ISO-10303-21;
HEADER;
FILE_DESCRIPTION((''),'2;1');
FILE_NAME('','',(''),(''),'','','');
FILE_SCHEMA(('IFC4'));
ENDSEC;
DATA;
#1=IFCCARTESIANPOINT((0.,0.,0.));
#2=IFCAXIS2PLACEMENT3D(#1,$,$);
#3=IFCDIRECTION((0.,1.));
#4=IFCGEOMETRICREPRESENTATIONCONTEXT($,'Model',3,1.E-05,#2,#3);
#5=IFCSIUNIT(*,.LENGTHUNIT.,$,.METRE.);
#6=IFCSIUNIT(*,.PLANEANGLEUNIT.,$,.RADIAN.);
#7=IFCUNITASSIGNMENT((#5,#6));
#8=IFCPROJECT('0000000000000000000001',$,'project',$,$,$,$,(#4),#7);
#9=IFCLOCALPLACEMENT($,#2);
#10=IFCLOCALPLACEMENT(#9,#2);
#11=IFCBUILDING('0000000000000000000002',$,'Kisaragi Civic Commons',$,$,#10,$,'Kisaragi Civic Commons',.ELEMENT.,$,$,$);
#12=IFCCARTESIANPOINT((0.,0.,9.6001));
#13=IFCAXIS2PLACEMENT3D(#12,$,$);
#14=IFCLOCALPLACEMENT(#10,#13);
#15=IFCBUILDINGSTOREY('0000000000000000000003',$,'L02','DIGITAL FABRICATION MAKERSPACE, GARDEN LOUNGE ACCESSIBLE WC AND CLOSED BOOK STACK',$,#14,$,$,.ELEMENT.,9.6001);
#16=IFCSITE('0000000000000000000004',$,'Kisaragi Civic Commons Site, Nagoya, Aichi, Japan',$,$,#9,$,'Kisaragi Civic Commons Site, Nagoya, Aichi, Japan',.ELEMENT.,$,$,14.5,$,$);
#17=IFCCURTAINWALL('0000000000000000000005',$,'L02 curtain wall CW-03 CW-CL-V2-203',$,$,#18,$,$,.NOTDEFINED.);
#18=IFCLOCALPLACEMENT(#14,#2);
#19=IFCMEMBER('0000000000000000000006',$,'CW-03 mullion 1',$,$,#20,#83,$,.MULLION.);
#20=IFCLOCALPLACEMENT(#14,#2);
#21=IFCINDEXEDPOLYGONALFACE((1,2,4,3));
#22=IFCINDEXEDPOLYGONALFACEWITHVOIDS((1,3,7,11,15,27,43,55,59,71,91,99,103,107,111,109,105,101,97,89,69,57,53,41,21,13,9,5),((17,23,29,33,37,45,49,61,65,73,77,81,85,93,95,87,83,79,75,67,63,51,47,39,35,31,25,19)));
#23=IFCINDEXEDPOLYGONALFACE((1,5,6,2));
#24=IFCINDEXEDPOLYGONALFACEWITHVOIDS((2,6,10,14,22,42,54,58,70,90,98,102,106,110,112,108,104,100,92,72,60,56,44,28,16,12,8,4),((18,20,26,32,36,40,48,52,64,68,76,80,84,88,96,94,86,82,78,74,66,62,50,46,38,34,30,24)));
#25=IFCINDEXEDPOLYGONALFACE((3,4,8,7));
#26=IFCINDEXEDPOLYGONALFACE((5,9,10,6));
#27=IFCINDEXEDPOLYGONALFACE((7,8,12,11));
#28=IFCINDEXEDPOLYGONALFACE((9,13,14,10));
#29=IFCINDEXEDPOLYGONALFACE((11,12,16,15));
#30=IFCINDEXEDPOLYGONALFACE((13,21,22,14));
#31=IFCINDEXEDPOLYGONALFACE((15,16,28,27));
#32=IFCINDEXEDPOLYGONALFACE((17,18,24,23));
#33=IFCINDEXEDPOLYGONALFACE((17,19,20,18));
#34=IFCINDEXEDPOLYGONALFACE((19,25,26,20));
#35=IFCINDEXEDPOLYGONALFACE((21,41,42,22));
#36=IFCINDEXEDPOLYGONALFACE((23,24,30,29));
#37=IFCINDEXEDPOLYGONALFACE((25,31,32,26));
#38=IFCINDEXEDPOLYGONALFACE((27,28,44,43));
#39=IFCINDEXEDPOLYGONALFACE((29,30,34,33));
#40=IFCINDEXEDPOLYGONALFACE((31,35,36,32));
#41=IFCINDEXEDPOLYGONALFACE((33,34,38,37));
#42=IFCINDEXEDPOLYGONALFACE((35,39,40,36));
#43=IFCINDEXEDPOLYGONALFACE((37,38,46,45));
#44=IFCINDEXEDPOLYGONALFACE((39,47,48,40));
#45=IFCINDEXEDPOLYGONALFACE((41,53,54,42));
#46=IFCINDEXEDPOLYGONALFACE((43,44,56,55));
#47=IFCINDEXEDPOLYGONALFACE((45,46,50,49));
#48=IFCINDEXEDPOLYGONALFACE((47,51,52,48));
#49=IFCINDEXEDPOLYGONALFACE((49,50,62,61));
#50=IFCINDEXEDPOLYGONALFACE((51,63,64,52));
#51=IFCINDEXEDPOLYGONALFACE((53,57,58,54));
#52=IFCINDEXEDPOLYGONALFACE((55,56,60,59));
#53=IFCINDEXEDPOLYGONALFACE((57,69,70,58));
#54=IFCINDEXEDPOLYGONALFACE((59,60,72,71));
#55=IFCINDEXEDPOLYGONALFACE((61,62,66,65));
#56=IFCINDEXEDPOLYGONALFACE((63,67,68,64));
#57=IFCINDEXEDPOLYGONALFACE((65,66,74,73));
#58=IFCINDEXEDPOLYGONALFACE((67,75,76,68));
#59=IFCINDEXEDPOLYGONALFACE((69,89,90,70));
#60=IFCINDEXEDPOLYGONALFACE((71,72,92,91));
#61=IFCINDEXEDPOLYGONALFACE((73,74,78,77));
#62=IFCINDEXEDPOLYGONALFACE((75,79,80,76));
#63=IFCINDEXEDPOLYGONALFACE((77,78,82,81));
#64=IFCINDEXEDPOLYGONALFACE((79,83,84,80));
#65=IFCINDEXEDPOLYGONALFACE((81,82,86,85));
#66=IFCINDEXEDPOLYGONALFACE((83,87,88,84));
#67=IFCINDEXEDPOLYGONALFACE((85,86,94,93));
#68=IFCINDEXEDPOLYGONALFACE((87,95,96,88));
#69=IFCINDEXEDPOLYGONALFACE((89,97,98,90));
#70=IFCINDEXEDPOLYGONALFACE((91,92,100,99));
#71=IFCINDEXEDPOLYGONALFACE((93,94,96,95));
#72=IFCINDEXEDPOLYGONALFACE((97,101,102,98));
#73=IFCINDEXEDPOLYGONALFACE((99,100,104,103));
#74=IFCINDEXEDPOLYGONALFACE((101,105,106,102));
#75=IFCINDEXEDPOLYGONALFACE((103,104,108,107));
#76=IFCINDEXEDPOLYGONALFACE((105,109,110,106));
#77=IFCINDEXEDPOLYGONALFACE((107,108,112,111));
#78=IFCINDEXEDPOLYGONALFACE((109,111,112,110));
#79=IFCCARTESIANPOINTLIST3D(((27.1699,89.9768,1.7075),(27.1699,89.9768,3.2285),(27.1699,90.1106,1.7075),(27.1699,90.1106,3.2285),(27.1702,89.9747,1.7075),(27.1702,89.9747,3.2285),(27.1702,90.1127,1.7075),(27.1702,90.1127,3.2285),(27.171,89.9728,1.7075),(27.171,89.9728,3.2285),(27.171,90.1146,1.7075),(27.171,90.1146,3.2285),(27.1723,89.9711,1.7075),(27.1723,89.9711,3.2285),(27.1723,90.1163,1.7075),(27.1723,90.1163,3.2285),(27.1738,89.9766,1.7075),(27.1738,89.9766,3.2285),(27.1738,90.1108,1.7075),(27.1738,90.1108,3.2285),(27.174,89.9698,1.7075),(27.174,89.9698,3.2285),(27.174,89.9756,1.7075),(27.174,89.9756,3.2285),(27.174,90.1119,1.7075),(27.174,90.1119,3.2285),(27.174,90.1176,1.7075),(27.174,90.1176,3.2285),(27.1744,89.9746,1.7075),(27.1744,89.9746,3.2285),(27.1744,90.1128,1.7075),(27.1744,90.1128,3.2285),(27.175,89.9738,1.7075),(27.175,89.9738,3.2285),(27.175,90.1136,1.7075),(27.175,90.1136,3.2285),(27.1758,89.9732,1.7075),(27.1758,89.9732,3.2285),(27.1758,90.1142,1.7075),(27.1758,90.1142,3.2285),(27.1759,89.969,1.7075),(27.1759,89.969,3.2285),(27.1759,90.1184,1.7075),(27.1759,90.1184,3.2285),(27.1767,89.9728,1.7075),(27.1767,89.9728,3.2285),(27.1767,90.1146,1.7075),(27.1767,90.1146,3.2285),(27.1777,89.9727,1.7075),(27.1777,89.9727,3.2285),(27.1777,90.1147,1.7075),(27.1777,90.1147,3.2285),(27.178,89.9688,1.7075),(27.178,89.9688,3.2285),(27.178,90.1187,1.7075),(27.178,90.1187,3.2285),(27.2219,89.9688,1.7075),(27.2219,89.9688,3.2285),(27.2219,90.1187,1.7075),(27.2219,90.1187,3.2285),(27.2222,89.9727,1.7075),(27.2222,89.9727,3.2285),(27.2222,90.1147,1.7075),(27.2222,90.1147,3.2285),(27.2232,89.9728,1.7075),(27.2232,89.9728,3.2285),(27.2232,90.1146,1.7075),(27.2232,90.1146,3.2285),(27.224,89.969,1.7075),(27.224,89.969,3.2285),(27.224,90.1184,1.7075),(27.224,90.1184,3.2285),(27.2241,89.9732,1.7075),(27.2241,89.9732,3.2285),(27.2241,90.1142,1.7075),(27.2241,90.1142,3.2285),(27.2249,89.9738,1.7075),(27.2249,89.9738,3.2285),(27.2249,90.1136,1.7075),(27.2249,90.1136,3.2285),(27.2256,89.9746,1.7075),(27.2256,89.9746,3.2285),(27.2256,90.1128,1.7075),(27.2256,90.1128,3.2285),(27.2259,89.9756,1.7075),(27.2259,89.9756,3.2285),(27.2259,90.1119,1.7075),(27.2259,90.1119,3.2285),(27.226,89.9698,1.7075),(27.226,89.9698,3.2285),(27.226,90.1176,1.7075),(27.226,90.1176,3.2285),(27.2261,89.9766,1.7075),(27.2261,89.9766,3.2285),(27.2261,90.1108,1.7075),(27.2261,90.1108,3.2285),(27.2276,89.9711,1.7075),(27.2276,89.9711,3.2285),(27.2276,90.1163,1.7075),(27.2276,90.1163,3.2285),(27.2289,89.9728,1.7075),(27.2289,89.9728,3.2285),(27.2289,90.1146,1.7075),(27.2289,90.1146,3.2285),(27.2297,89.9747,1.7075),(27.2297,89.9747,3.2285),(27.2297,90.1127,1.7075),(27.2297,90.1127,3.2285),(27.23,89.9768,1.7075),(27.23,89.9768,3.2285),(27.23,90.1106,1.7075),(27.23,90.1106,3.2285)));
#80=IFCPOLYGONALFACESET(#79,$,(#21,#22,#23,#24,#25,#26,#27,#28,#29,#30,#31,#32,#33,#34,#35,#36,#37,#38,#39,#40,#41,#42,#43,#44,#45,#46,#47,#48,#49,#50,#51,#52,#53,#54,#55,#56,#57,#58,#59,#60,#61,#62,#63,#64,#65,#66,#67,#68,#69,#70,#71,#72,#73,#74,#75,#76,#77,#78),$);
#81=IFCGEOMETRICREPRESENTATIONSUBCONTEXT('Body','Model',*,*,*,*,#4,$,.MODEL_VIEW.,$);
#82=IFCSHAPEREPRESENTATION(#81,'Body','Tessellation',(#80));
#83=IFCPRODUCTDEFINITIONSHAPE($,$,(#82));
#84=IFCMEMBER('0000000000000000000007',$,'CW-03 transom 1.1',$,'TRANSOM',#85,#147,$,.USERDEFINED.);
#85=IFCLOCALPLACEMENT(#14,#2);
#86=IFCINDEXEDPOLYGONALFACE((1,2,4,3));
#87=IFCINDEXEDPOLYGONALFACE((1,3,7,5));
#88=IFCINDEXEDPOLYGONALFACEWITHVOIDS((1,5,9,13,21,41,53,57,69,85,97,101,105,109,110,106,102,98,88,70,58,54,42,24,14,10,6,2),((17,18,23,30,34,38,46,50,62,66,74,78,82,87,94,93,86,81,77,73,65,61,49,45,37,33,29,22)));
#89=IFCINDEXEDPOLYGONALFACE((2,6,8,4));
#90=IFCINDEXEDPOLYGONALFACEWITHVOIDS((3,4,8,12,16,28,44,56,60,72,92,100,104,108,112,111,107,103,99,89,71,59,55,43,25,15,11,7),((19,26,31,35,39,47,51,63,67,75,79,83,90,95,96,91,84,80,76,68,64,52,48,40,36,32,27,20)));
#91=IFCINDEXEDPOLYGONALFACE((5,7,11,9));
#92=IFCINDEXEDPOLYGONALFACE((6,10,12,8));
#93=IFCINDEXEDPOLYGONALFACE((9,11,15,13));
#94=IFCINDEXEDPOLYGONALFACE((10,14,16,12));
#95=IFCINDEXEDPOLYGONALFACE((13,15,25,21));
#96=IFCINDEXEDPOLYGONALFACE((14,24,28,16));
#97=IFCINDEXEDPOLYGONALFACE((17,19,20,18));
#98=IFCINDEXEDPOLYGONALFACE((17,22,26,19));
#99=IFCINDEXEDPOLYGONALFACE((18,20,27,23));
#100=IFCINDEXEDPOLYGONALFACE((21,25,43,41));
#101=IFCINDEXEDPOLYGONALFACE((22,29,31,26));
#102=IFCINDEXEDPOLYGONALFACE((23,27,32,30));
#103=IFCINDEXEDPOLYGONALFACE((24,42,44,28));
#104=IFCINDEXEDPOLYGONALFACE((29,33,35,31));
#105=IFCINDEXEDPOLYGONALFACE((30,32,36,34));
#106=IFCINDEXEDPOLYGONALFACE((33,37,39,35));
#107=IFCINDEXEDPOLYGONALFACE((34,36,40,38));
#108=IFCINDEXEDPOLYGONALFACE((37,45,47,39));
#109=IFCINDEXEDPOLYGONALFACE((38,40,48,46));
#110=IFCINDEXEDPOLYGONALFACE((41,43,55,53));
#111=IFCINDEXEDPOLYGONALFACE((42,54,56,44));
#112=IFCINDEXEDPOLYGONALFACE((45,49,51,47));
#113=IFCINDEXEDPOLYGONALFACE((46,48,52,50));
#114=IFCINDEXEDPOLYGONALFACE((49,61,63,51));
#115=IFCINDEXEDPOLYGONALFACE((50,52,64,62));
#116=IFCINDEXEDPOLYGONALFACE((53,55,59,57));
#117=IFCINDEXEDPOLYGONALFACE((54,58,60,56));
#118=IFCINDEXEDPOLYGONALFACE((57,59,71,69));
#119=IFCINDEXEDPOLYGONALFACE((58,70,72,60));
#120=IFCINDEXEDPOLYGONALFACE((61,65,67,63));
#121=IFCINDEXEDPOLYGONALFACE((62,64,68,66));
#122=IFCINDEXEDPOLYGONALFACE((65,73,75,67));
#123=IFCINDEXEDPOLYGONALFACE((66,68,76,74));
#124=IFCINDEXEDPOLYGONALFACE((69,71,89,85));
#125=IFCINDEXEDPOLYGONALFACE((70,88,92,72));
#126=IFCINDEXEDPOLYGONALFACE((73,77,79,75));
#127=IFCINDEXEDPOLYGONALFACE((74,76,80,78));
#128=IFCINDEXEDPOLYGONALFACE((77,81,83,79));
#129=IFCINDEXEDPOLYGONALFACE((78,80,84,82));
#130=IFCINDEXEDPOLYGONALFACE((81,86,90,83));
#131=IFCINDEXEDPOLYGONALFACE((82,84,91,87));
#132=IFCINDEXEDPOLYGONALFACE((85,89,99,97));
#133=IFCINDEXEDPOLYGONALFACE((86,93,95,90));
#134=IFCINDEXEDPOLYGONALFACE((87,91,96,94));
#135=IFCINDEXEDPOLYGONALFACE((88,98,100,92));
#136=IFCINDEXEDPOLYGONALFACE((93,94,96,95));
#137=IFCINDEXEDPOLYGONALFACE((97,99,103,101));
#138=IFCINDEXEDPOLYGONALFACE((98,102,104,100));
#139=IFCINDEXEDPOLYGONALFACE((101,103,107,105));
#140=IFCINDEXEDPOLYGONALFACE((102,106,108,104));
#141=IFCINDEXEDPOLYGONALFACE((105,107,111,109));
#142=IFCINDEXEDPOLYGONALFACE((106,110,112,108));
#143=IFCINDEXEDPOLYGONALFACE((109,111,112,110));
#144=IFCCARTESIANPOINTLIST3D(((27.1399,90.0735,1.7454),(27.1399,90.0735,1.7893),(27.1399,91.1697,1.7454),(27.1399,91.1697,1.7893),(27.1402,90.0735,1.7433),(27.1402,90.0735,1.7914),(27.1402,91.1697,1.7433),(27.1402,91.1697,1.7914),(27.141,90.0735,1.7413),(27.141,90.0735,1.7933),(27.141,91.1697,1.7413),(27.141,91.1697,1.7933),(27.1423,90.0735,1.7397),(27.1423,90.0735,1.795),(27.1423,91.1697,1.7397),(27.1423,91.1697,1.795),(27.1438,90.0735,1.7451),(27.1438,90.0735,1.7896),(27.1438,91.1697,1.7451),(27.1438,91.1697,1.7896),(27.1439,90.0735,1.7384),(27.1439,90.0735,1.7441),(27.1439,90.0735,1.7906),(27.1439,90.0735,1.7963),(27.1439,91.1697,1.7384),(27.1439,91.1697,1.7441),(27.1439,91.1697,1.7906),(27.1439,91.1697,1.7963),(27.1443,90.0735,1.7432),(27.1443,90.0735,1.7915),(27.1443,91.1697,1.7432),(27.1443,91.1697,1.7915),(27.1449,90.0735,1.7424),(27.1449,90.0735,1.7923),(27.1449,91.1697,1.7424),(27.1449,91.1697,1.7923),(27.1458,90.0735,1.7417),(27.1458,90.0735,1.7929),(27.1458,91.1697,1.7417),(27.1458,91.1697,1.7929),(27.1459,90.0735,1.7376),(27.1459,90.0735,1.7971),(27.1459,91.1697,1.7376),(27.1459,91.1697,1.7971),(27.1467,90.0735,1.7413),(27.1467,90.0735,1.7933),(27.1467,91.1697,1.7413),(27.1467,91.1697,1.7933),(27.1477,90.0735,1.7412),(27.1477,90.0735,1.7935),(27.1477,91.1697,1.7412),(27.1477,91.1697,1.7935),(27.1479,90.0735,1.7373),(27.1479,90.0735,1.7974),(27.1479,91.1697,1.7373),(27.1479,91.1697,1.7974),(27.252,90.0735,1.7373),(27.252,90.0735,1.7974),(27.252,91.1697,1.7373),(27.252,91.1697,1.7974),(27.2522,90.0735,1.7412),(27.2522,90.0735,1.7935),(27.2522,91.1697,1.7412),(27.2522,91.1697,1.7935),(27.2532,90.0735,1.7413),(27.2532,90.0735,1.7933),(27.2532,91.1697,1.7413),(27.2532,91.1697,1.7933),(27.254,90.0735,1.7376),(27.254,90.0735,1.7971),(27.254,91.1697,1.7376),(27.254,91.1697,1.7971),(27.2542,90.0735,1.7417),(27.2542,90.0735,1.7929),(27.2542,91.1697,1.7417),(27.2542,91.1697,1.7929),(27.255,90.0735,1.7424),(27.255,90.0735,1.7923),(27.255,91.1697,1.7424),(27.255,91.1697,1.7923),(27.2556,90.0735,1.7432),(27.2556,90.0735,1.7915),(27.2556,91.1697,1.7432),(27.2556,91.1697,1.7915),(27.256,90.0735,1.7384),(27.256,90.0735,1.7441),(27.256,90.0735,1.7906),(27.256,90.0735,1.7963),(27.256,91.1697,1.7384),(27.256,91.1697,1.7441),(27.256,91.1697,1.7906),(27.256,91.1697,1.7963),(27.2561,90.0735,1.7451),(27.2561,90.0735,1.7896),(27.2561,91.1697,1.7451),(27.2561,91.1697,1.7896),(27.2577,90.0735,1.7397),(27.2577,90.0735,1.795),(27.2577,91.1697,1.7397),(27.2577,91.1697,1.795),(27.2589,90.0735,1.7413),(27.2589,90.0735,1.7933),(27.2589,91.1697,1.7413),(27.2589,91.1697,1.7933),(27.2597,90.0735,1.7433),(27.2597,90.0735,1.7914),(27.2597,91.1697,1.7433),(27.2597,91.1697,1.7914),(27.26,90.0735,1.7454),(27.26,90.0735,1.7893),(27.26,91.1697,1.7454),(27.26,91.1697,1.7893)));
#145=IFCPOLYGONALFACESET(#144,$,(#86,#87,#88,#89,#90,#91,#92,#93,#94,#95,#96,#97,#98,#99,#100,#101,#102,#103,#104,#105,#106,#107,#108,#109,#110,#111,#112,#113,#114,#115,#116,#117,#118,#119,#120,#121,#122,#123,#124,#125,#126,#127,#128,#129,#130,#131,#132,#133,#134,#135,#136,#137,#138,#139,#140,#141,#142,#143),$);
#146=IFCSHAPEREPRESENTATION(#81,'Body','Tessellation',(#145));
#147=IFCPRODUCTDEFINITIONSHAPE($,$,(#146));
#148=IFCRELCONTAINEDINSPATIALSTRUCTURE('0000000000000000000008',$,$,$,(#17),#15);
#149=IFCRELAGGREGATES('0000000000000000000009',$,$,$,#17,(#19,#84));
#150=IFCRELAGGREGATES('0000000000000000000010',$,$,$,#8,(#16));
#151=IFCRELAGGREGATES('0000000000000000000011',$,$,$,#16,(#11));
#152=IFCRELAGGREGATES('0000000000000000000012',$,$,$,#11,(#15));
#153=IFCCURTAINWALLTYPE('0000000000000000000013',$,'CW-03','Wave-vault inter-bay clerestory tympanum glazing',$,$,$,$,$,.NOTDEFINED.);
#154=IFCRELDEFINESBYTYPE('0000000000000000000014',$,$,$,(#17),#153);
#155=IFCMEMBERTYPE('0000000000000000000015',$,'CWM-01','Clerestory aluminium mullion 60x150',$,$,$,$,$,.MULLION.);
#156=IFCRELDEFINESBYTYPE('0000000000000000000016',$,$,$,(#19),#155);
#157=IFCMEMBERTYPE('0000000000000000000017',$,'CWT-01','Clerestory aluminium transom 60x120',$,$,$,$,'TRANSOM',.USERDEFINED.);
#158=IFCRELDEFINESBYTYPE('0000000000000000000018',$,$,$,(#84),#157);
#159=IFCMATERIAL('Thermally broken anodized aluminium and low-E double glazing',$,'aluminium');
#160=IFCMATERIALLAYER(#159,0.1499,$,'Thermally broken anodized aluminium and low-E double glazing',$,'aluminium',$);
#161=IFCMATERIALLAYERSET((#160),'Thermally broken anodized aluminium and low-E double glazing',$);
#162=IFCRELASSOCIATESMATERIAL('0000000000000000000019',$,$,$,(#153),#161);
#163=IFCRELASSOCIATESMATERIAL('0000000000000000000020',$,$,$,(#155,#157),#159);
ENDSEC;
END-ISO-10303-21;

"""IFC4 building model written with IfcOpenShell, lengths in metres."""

from ifc_helpers import new_model, si_unit, direction, frame, origin, origin_2d, place, context, subcontext, project, spatial, hollow_rectangle, extrude, material, layer, layer_set, material_profile, profile_set, type_object, element, aggregate, save


model = new_model("IFC4")

# Units and contexts
model_context = context("Model", 3, precision=1e-05, world=origin(), true_north=direction((0.0, 1.0)))
body_context = subcontext(model_context, "Body", "Model", "MODEL_VIEW")
ifc_project = project(units=[si_unit("LENGTHUNIT", "METRE"), si_unit("PLANEANGLEUNIT", "RADIAN")], contexts=[model_context])

# Site, building, storey
site_placement = place(None, origin())
site = spatial("IfcSite", under=ifc_project, at=site_placement, Name="Kisaragi Civic Commons Site, Nagoya, Aichi, Japan", LongName="Kisaragi Civic Commons Site, Nagoya, Aichi, Japan", CompositionType="ELEMENT", RefElevation=14.5)
building_placement = place(site_placement, origin())
building = spatial("IfcBuilding", under=site, at=building_placement, Name="Kisaragi Civic Commons", LongName="Kisaragi Civic Commons", CompositionType="ELEMENT")
storey_placement = place(building_placement, frame((0.0, 0.0, 9.6001)))
storey = spatial("IfcBuildingStorey", under=building, at=storey_placement, Name="L02", Description="DIGITAL FABRICATION MAKERSPACE, GARDEN LOUNGE ACCESSIBLE WC AND CLOSED BOOK STACK", CompositionType="ELEMENT", Elevation=9.6001)

# Curtain wall, members
ifc_material_1 = material(Name="Thermally broken anodized aluminium and low-E double glazing", Category="aluminium")
ifc_layer_1 = layer(ifc_material_1, 0.1499, Name="Thermally broken anodized aluminium and low-E double glazing", Category="aluminium")
ifc_layer_set_1 = layer_set([ifc_layer_1], Name="Thermally broken anodized aluminium and low-E double glazing")
curtain_wall_type = type_object("IfcCurtainWallType", Name="CW-03", Description="Wave-vault inter-bay clerestory tympanum glazing", PredefinedType="NOTDEFINED", material=ifc_layer_set_1)
curtain_wall_placement = place(storey_placement, origin())
curtain_wall = element("IfcCurtainWall", 1, at=curtain_wall_placement, inside=storey, type_object=curtain_wall_type, Name="L02 curtain wall CW-03 CW-CL-V2-203", PredefinedType="NOTDEFINED")
ifc_material_profile_1 = material_profile(ifc_material_1, hollow_rectangle(XDim=0.0601, YDim=0.1499, WallThickness=0.0039, InnerFilletRadius=0.0039, OuterFilletRadius=0.0081, at=origin_2d()), Name="CWM-60x150x4", Category="aluminium")
ifc_profile_set_1 = profile_set([ifc_material_profile_1], Name="Thermally broken anodized aluminium and low-E double glazing")
member_type_1 = type_object("IfcMemberType", Name="CWM-01", Description="Clerestory aluminium mullion 60x150", PredefinedType="MULLION", material=ifc_profile_set_1)
member_1_placement = place(storey_placement, frame((27.2, 90.0437, 1.7075), z_axis=(0.0, 0.0, 1.0), x_axis=(-1.0, 0.0, 0.0)))
member_1 = element("IfcMember", 2, at=member_1_placement, type_object=member_type_1, Name="CW-03 mullion 1", PredefinedType="MULLION", context=body_context, shape_type="SweptSolid", body=[
    extrude(hollow_rectangle(XDim=0.0601, YDim=0.1499, WallThickness=0.0039, InnerFilletRadius=0.0039, OuterFilletRadius=0.0081, at=origin_2d()), origin(), (0.0, 0.0, 1.0), 1.521),
])
ifc_material_profile_2 = material_profile(ifc_material_1, hollow_rectangle(XDim=0.1201, YDim=0.0601, WallThickness=0.0039, InnerFilletRadius=0.0039, OuterFilletRadius=0.0081, at=origin_2d()), Name="CWT-60x120x4", Category="aluminium")
ifc_profile_set_2 = profile_set([ifc_material_profile_2], Name="Thermally broken anodized aluminium and low-E double glazing")
member_type_2 = type_object("IfcMemberType", Name="CWT-01", Description="Clerestory aluminium transom 60x120", ElementType="TRANSOM", PredefinedType="USERDEFINED", material=ifc_profile_set_2)
member_2_placement = place(storey_placement, frame((27.2, 90.0735, 1.7673), z_axis=(0.0, 1.0, 0.0), x_axis=(-1.0, 0.0, 0.0)))
member_2 = element("IfcMember", 3, at=member_2_placement, type_object=member_type_2, Name="CW-03 transom 1.1", ObjectType="TRANSOM", PredefinedType="USERDEFINED", context=body_context, shape_type="SweptSolid", body=[
    extrude(hollow_rectangle(XDim=0.1201, YDim=0.0601, WallThickness=0.0039, InnerFilletRadius=0.0039, OuterFilletRadius=0.0081, at=origin_2d()), origin(), (0.0, 0.0, 1.0), 1.0962),
])
aggregate(curtain_wall, [member_1, member_2])

save(model, "model.ifc")
